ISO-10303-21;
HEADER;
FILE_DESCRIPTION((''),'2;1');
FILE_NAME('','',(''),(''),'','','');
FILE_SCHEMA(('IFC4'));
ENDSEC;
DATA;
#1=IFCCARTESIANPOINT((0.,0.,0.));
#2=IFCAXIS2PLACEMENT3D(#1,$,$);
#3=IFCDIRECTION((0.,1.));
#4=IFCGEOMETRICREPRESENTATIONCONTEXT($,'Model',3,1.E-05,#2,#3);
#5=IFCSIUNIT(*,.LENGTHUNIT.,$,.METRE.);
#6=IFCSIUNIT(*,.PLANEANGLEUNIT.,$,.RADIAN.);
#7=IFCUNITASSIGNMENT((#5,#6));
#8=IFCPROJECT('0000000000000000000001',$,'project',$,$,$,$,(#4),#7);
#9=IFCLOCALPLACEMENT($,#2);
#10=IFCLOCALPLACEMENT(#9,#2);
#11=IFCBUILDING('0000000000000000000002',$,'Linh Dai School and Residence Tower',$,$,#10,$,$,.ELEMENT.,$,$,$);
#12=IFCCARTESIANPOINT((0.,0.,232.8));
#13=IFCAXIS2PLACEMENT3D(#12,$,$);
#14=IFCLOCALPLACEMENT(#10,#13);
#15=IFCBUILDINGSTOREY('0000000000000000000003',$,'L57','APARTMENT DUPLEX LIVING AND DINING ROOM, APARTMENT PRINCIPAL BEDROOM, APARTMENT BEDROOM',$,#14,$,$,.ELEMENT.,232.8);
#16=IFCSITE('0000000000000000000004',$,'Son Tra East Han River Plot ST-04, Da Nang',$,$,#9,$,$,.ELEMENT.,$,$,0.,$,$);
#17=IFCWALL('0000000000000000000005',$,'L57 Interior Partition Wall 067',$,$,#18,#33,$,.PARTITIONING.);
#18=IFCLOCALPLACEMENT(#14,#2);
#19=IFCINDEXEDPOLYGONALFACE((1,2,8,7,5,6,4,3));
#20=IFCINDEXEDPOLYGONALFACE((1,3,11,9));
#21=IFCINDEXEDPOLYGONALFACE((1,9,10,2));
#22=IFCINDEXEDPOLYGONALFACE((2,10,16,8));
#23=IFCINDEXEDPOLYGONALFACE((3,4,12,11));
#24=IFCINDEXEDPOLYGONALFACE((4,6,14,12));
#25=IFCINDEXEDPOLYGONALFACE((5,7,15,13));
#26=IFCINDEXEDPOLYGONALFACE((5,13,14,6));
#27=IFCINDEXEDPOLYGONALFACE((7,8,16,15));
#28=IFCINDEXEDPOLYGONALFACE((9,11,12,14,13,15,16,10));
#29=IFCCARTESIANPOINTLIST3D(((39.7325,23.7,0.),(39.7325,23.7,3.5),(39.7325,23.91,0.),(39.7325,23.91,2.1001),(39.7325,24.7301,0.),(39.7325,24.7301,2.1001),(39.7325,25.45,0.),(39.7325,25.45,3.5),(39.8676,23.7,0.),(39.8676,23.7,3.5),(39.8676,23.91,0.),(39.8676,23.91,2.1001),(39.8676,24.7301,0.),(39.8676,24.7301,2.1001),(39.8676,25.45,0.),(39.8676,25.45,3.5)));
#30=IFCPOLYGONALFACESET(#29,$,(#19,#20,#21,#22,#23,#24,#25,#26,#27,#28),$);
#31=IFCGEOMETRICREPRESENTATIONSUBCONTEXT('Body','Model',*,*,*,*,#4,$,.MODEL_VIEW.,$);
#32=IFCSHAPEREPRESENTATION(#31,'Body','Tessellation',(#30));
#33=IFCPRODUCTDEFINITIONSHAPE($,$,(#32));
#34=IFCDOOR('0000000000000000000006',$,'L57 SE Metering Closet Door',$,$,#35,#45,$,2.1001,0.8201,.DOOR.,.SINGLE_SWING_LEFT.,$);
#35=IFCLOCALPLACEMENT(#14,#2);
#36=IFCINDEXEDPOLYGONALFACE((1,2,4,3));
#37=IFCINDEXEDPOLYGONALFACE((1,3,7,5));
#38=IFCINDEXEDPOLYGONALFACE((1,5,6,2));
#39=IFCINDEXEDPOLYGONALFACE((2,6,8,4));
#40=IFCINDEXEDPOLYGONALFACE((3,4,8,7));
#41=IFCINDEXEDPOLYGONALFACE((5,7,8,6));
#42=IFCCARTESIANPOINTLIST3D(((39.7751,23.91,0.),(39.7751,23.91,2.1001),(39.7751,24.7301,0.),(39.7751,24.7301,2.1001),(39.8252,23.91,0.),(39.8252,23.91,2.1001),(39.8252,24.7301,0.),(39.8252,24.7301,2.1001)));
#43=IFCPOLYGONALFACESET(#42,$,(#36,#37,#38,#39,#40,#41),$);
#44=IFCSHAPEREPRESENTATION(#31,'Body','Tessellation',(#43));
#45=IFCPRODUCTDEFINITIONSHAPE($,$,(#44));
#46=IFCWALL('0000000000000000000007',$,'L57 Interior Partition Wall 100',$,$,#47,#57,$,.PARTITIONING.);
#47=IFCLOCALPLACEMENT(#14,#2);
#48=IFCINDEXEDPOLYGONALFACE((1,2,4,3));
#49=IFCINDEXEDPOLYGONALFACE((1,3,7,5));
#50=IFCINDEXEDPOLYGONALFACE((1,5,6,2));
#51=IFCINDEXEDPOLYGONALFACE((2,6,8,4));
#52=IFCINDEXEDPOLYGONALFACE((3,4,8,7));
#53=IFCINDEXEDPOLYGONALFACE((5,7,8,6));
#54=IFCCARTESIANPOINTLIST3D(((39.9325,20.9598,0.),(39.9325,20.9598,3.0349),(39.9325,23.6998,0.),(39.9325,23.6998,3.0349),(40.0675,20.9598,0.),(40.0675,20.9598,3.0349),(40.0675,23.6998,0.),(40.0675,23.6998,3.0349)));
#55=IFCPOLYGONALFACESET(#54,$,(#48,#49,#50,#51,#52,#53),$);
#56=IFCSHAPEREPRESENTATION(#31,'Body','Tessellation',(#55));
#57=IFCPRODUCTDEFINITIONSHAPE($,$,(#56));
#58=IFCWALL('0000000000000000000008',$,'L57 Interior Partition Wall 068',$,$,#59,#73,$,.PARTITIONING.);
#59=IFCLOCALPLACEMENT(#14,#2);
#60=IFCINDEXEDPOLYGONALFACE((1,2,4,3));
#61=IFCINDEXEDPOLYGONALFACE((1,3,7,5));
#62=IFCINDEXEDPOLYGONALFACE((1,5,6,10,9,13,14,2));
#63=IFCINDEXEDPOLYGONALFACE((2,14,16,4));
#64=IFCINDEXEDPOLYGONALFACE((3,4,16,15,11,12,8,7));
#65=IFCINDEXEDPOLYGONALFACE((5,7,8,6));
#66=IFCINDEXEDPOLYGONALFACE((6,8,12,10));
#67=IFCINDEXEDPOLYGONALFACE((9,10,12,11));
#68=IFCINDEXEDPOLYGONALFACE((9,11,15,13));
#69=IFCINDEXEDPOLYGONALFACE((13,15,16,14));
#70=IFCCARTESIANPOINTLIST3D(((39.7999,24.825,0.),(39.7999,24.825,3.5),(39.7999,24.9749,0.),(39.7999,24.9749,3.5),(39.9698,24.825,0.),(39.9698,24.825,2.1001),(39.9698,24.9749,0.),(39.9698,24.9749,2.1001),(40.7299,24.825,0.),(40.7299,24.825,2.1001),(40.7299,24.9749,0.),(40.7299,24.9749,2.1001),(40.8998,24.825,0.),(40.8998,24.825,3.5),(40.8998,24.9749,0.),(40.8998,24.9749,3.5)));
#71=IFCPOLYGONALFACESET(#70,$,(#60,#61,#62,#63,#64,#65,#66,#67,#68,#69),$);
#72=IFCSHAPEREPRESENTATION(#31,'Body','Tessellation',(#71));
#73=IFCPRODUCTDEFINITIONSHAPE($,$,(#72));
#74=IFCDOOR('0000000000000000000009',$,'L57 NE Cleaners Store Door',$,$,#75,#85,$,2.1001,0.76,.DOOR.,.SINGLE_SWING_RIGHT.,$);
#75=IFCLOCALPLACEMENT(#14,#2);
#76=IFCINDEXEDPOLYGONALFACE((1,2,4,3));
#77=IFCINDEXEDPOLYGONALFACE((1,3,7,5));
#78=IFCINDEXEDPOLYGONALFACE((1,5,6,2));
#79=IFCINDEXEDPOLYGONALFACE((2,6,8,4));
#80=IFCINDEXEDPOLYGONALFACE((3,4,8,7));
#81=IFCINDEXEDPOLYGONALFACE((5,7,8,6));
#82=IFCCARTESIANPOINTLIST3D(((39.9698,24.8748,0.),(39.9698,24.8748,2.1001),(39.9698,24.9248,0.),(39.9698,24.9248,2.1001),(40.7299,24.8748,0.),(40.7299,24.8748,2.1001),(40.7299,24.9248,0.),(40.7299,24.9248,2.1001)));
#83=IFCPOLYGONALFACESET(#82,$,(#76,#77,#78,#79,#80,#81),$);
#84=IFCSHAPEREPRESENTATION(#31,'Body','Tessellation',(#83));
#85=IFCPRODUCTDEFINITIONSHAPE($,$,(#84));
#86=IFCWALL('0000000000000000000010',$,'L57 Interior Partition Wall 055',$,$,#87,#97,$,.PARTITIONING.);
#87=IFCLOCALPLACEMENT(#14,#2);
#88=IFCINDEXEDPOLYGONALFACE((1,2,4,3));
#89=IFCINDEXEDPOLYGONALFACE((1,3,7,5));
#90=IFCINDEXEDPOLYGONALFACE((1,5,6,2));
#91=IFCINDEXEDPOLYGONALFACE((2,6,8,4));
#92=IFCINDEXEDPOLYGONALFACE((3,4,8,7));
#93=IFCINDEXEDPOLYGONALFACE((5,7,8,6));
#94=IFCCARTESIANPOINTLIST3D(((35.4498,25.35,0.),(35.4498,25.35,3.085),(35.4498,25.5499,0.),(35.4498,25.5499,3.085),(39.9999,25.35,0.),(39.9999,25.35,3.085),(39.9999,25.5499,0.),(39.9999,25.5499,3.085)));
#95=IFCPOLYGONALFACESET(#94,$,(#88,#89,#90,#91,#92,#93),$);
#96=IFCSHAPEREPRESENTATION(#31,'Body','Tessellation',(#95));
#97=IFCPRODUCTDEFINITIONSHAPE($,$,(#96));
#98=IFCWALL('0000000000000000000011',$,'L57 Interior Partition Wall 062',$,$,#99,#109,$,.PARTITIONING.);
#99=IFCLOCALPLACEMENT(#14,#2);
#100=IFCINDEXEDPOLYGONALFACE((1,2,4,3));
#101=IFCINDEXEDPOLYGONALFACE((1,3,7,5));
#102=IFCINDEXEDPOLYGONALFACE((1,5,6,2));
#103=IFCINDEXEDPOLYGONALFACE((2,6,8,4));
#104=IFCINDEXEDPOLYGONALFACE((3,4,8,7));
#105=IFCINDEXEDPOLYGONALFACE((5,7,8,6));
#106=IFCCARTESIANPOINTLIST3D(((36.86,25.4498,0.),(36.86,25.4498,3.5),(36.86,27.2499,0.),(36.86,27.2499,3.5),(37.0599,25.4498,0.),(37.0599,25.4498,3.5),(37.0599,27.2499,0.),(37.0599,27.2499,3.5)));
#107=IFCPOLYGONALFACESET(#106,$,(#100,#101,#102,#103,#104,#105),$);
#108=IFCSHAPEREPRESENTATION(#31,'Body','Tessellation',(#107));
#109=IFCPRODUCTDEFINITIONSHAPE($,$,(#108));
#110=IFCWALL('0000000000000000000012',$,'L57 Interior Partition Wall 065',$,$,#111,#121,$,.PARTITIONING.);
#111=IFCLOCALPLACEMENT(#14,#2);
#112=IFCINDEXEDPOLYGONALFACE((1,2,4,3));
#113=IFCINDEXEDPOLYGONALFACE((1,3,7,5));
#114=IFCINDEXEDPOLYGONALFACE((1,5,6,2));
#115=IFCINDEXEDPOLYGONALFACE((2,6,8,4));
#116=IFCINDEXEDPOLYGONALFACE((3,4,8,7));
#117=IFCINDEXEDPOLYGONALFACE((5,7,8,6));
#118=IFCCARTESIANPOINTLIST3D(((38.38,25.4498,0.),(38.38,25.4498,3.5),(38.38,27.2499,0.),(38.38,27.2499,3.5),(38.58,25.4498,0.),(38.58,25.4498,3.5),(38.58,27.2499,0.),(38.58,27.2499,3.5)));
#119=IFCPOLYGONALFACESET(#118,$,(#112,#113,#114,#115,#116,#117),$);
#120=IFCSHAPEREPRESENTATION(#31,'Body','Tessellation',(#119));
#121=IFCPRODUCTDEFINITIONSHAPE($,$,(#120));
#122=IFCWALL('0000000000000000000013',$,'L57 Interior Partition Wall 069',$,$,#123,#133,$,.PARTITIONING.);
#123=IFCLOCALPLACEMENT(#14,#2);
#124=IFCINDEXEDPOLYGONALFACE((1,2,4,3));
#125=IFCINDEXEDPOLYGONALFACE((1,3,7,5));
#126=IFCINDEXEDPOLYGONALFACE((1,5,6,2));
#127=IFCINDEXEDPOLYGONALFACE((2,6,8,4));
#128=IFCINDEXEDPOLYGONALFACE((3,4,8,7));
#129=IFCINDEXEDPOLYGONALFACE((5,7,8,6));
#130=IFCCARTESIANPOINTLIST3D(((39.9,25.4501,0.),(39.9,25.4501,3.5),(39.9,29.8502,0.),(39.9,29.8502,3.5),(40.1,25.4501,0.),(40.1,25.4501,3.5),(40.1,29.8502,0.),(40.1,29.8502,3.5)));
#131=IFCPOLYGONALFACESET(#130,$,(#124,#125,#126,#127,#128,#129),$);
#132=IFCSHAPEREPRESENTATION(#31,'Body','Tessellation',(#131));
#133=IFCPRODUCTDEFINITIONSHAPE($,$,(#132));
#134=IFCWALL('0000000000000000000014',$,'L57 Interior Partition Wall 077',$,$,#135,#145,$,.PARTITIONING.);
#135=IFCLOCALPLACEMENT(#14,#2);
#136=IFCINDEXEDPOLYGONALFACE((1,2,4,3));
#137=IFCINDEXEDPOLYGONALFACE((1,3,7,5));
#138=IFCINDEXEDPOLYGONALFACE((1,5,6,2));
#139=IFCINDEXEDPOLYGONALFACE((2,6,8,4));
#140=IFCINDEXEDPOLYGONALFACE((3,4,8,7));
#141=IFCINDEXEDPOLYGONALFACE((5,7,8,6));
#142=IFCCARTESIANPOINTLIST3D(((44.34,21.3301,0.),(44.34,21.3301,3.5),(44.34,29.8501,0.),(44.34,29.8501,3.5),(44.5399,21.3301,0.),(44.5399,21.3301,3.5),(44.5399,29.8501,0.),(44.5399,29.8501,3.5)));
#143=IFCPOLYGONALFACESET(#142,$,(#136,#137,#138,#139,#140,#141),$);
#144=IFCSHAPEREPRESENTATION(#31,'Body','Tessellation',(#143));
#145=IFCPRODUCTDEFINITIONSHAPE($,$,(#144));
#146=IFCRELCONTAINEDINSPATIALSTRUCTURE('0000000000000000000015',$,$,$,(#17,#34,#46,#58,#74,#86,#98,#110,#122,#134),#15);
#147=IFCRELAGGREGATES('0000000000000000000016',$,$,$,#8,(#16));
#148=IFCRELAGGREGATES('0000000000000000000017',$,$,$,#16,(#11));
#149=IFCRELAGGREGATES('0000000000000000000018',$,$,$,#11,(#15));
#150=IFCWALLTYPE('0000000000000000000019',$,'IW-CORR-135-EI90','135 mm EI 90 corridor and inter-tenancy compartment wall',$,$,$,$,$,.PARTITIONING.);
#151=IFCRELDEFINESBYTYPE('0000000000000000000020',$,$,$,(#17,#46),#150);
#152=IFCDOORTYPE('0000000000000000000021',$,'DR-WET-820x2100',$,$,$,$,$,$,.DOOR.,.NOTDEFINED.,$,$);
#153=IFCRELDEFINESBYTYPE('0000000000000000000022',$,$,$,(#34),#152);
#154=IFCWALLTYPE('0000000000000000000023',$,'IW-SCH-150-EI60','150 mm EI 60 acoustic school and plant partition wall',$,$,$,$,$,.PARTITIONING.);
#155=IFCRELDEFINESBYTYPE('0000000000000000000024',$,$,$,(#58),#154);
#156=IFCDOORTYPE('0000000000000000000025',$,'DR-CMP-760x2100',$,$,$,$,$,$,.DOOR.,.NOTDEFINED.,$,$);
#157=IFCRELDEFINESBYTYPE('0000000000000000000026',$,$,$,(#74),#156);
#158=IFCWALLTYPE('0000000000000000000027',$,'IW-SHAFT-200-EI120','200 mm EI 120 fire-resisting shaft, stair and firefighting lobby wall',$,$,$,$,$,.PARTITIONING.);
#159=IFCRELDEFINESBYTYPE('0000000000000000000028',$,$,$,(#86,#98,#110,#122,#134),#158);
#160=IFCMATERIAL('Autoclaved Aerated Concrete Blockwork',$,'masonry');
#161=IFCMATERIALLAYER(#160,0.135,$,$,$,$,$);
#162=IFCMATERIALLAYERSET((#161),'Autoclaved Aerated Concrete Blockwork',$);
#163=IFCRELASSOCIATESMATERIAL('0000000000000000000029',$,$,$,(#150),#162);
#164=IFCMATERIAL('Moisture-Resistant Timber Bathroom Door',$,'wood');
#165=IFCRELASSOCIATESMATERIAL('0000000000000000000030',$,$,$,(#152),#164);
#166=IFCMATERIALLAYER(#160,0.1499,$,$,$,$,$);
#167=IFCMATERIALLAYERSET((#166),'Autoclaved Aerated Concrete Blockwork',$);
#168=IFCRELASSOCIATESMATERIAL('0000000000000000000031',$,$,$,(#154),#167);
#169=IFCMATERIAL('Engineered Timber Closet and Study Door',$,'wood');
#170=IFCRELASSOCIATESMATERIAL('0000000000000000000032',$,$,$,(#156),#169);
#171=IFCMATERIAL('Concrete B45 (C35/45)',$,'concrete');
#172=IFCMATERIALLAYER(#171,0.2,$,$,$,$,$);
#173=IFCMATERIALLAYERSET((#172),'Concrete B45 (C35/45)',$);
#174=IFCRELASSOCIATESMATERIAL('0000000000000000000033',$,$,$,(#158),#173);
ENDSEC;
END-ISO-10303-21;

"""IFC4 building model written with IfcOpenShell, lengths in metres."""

from ifc_helpers import new_model, si_unit, direction, frame, frame_2d, origin, origin_2d, place, context, subcontext, project, spatial, rectangle, extrude, source, transform, mapped, material, layer, layer_set, type_object, element, fill, save


model = new_model("IFC4")

# Units and contexts
model_context = context("Model", 3, precision=1e-05, world=origin(), true_north=direction((0.0, 1.0)))
body_context = subcontext(model_context, "Body", "Model", "MODEL_VIEW")
ifc_project = project(units=[si_unit("LENGTHUNIT", "METRE"), si_unit("PLANEANGLEUNIT", "RADIAN")], contexts=[model_context])

# Site, building, storey
site_placement = place(None, origin())
site = spatial("IfcSite", under=ifc_project, at=site_placement, Name="Son Tra East Han River Plot ST-04, Da Nang", CompositionType="ELEMENT", RefElevation=0.0)
building_placement = place(site_placement, origin())
building = spatial("IfcBuilding", under=site, at=building_placement, Name="Linh Dai School and Residence Tower", CompositionType="ELEMENT")
storey_placement = place(building_placement, frame((0.0, 0.0, 232.8)))
storey = spatial("IfcBuildingStorey", under=building, at=storey_placement, Name="L57", Description="APARTMENT DUPLEX LIVING AND DINING ROOM, APARTMENT PRINCIPAL BEDROOM, APARTMENT BEDROOM", CompositionType="ELEMENT", Elevation=232.8)

# Wall, opening, door
ifc_material_1 = material(Name="Autoclaved Aerated Concrete Blockwork", Category="masonry")
ifc_layer_1 = layer(ifc_material_1, 0.135)
ifc_layer_set_1 = layer_set([ifc_layer_1], Name="Autoclaved Aerated Concrete Blockwork")
wall_type_1 = type_object("IfcWallType", Name="IW-CORR-135-EI90", Description="135 mm EI 90 corridor and inter-tenancy compartment wall", PredefinedType="PARTITIONING", material=ifc_layer_set_1)
wall_1_placement = place(storey_placement, frame((39.8, 23.7, 0.0), z_axis=(0.0, 0.0, 1.0), x_axis=(0.0, 1.0, 0.0)))
wall_1 = element("IfcWall", 1, at=wall_1_placement, inside=storey, type_object=wall_type_1, Name="L57 Interior Partition Wall 067", PredefinedType="PARTITIONING", context=body_context, shape_type="SweptSolid", body=[
    extrude(rectangle(XDim=1.75, YDim=0.135, at=frame_2d((0.875, 0.0))), origin(), (0.0, 0.0, 1.0), 3.5),
])
opening_1_placement = place(wall_1_placement, frame((0.21, 0.0, 0.0)))
opening_1 = element("IfcOpeningElement", 2, at=opening_1_placement, cuts=wall_1, PredefinedType="OPENING", context=body_context, shape_type="SweptSolid", body=[
    extrude(rectangle(XDim=0.8201, YDim=2.1001, at=origin_2d()), frame((0.4102, 0.0776, 1.05), z_axis=(0.0, -1.0, 0.0), x_axis=(1.0, 0.0, 0.0)), (0.0, 0.0, 1.0), 0.155),
])
ifc_material_2 = material(Name="Moisture-Resistant Timber Bathroom Door", Category="wood")
door_type_1 = type_object("IfcDoorType", Name="DR-WET-820x2100", OperationType="NOTDEFINED", PredefinedType="DOOR", material=ifc_material_2)
shared_shape_1 = source(origin(), body_context, "Body", "SweptSolid", [
    extrude(rectangle(XDim=0.8201, YDim=2.1001, at=origin_2d()), frame((0.4102, 0.0249, 1.05), z_axis=(0.0, -1.0, 0.0), x_axis=(1.0, 0.0, 0.0)), (0.0, 0.0, 1.0), 0.05),
])
door_1_placement = place(opening_1_placement, origin())
door_1 = element("IfcDoor", 3, at=door_1_placement, inside=storey, type_object=door_type_1, Name="L57 SE Metering Closet Door", OperationType="SINGLE_SWING_LEFT", OverallHeight=2.1001, OverallWidth=0.8201, PredefinedType="DOOR", context=body_context, shape_type="MappedRepresentation", body=[
    mapped(shared_shape_1, transform((0.0, 0.0, 0.0), x_axis=(1.0, 0.0, 0.0), y_axis=(0.0, 1.0, 0.0), z_axis=(0.0, 0.0, 1.0), scale=1.0)),
])
fill(opening_1, door_1)

# Wall
wall_2_placement = place(storey_placement, frame((40.0, 23.7, 0.0), z_axis=(0.0, 0.0, 1.0), x_axis=(0.0, -1.0, 0.0)))
element("IfcWall", 4, at=wall_2_placement, inside=storey, type_object=wall_type_1, Name="L57 Interior Partition Wall 100", PredefinedType="PARTITIONING", context=body_context, shape_type="SweptSolid", body=[
    extrude(rectangle(XDim=2.74, YDim=0.135, at=frame_2d((1.3701, 0.0))), origin(), (0.0, 0.0, 1.0), 3.0349),
])

# Wall, opening, door
ifc_layer_2 = layer(ifc_material_1, 0.1499)
ifc_layer_set_2 = layer_set([ifc_layer_2], Name="Autoclaved Aerated Concrete Blockwork")
wall_type_2 = type_object("IfcWallType", Name="IW-SCH-150-EI60", Description="150 mm EI 60 acoustic school and plant partition wall", PredefinedType="PARTITIONING", material=ifc_layer_set_2)
wall_3_placement = place(storey_placement, frame((39.8, 24.8999, 0.0), z_axis=(0.0, 0.0, 1.0), x_axis=(1.0, 0.0, 0.0)))
wall_3 = element("IfcWall", 5, at=wall_3_placement, inside=storey, type_object=wall_type_2, Name="L57 Interior Partition Wall 068", PredefinedType="PARTITIONING", context=body_context, shape_type="SweptSolid", body=[
    extrude(rectangle(XDim=1.0999, YDim=0.1499, at=frame_2d((0.5498, 0.0))), origin(), (0.0, 0.0, 1.0), 3.5),
])
opening_2_placement = place(wall_3_placement, frame((0.1699, 0.0, 0.0)))
opening_2 = element("IfcOpeningElement", 6, at=opening_2_placement, cuts=wall_3, PredefinedType="OPENING", context=body_context, shape_type="SweptSolid", body=[
    extrude(rectangle(XDim=0.76, YDim=2.1001, at=origin_2d()), frame((0.3799, 0.085, 1.05), z_axis=(0.0, -1.0, 0.0), x_axis=(1.0, 0.0, 0.0)), (0.0, 0.0, 1.0), 0.1699),
])
ifc_material_3 = material(Name="Engineered Timber Closet and Study Door", Category="wood")
door_type_2 = type_object("IfcDoorType", Name="DR-CMP-760x2100", OperationType="NOTDEFINED", PredefinedType="DOOR", material=ifc_material_3)
shared_shape_2 = source(origin(), body_context, "Body", "SweptSolid", [
    extrude(rectangle(XDim=0.76, YDim=2.1001, at=origin_2d()), frame((0.3799, 0.0249, 1.05), z_axis=(0.0, -1.0, 0.0), x_axis=(1.0, 0.0, 0.0)), (0.0, 0.0, 1.0), 0.05),
])
door_2_placement = place(opening_2_placement, origin())
door_2 = element("IfcDoor", 7, at=door_2_placement, inside=storey, type_object=door_type_2, Name="L57 NE Cleaners Store Door", OperationType="SINGLE_SWING_RIGHT", OverallHeight=2.1001, OverallWidth=0.76, PredefinedType="DOOR", context=body_context, shape_type="MappedRepresentation", body=[
    mapped(shared_shape_2, transform((0.0, 0.0, 0.0), x_axis=(1.0, 0.0, 0.0), y_axis=(0.0, 1.0, 0.0), z_axis=(0.0, 0.0, 1.0), scale=1.0)),
])
fill(opening_2, door_2)

# Walls
ifc_material_4 = material(Name="Concrete B45 (C35/45)", Category="concrete")
ifc_layer_3 = layer(ifc_material_4, 0.2)
ifc_layer_set_3 = layer_set([ifc_layer_3], Name="Concrete B45 (C35/45)")
wall_type_3 = type_object("IfcWallType", Name="IW-SHAFT-200-EI120", Description="200 mm EI 120 fire-resisting shaft, stair and firefighting lobby wall", PredefinedType="PARTITIONING", material=ifc_layer_set_3)
wall_4_placement = place(storey_placement, frame((35.45, 25.45, 0.0), z_axis=(0.0, 0.0, 1.0), x_axis=(1.0, 0.0, 0.0)))
element("IfcWall", 8, at=wall_4_placement, inside=storey, type_object=wall_type_3, Name="L57 Interior Partition Wall 055", PredefinedType="PARTITIONING", context=body_context, shape_type="SweptSolid", body=[
    extrude(rectangle(XDim=4.55, YDim=0.2, at=frame_2d((2.2749, 0.0))), origin(), (0.0, 0.0, 1.0), 3.085),
])
for number, where, z_axis, x_axis, name in (
    (9, (36.96, 25.45, 0.0), (0.0, 0.0, 1.0), (0.0, 1.0, 0.0), "L57 Interior Partition Wall 062"),
    (10, (38.48, 25.45, 0.0), (0.0, 0.0, 1.0), (0.0, 1.0, 0.0), "L57 Interior Partition Wall 065"),
):
    element("IfcWall", number, at=place(storey_placement, frame(where, z_axis=z_axis, x_axis=x_axis)), inside=storey, type_object=wall_type_3, Name=name, PredefinedType="PARTITIONING", context=body_context, shape_type="SweptSolid", body=[
        extrude(rectangle(XDim=1.8, YDim=0.2, at=frame_2d((0.8999, 0.0))), origin(), (0.0, 0.0, 1.0), 3.5),
    ])
wall_5_placement = place(storey_placement, frame((40.0, 25.45, 0.0), z_axis=(0.0, 0.0, 1.0), x_axis=(0.0, 1.0, 0.0)))
element("IfcWall", 11, at=wall_5_placement, inside=storey, type_object=wall_type_3, Name="L57 Interior Partition Wall 069", PredefinedType="PARTITIONING", context=body_context, shape_type="SweptSolid", body=[
    extrude(rectangle(XDim=4.4001, YDim=0.2, at=frame_2d((2.2002, 0.0))), origin(), (0.0, 0.0, 1.0), 3.5),
])
wall_6_placement = place(storey_placement, frame((44.4399, 21.3301, 0.0), z_axis=(0.0, 0.0, 1.0), x_axis=(0.0, 1.0, 0.0)))
element("IfcWall", 12, at=wall_6_placement, inside=storey, type_object=wall_type_3, Name="L57 Interior Partition Wall 077", PredefinedType="PARTITIONING", context=body_context, shape_type="SweptSolid", body=[
    extrude(rectangle(XDim=8.52, YDim=0.2, at=frame_2d((4.26, 0.0))), origin(), (0.0, 0.0, 1.0), 3.5),
])

save(model, "model.ifc")
